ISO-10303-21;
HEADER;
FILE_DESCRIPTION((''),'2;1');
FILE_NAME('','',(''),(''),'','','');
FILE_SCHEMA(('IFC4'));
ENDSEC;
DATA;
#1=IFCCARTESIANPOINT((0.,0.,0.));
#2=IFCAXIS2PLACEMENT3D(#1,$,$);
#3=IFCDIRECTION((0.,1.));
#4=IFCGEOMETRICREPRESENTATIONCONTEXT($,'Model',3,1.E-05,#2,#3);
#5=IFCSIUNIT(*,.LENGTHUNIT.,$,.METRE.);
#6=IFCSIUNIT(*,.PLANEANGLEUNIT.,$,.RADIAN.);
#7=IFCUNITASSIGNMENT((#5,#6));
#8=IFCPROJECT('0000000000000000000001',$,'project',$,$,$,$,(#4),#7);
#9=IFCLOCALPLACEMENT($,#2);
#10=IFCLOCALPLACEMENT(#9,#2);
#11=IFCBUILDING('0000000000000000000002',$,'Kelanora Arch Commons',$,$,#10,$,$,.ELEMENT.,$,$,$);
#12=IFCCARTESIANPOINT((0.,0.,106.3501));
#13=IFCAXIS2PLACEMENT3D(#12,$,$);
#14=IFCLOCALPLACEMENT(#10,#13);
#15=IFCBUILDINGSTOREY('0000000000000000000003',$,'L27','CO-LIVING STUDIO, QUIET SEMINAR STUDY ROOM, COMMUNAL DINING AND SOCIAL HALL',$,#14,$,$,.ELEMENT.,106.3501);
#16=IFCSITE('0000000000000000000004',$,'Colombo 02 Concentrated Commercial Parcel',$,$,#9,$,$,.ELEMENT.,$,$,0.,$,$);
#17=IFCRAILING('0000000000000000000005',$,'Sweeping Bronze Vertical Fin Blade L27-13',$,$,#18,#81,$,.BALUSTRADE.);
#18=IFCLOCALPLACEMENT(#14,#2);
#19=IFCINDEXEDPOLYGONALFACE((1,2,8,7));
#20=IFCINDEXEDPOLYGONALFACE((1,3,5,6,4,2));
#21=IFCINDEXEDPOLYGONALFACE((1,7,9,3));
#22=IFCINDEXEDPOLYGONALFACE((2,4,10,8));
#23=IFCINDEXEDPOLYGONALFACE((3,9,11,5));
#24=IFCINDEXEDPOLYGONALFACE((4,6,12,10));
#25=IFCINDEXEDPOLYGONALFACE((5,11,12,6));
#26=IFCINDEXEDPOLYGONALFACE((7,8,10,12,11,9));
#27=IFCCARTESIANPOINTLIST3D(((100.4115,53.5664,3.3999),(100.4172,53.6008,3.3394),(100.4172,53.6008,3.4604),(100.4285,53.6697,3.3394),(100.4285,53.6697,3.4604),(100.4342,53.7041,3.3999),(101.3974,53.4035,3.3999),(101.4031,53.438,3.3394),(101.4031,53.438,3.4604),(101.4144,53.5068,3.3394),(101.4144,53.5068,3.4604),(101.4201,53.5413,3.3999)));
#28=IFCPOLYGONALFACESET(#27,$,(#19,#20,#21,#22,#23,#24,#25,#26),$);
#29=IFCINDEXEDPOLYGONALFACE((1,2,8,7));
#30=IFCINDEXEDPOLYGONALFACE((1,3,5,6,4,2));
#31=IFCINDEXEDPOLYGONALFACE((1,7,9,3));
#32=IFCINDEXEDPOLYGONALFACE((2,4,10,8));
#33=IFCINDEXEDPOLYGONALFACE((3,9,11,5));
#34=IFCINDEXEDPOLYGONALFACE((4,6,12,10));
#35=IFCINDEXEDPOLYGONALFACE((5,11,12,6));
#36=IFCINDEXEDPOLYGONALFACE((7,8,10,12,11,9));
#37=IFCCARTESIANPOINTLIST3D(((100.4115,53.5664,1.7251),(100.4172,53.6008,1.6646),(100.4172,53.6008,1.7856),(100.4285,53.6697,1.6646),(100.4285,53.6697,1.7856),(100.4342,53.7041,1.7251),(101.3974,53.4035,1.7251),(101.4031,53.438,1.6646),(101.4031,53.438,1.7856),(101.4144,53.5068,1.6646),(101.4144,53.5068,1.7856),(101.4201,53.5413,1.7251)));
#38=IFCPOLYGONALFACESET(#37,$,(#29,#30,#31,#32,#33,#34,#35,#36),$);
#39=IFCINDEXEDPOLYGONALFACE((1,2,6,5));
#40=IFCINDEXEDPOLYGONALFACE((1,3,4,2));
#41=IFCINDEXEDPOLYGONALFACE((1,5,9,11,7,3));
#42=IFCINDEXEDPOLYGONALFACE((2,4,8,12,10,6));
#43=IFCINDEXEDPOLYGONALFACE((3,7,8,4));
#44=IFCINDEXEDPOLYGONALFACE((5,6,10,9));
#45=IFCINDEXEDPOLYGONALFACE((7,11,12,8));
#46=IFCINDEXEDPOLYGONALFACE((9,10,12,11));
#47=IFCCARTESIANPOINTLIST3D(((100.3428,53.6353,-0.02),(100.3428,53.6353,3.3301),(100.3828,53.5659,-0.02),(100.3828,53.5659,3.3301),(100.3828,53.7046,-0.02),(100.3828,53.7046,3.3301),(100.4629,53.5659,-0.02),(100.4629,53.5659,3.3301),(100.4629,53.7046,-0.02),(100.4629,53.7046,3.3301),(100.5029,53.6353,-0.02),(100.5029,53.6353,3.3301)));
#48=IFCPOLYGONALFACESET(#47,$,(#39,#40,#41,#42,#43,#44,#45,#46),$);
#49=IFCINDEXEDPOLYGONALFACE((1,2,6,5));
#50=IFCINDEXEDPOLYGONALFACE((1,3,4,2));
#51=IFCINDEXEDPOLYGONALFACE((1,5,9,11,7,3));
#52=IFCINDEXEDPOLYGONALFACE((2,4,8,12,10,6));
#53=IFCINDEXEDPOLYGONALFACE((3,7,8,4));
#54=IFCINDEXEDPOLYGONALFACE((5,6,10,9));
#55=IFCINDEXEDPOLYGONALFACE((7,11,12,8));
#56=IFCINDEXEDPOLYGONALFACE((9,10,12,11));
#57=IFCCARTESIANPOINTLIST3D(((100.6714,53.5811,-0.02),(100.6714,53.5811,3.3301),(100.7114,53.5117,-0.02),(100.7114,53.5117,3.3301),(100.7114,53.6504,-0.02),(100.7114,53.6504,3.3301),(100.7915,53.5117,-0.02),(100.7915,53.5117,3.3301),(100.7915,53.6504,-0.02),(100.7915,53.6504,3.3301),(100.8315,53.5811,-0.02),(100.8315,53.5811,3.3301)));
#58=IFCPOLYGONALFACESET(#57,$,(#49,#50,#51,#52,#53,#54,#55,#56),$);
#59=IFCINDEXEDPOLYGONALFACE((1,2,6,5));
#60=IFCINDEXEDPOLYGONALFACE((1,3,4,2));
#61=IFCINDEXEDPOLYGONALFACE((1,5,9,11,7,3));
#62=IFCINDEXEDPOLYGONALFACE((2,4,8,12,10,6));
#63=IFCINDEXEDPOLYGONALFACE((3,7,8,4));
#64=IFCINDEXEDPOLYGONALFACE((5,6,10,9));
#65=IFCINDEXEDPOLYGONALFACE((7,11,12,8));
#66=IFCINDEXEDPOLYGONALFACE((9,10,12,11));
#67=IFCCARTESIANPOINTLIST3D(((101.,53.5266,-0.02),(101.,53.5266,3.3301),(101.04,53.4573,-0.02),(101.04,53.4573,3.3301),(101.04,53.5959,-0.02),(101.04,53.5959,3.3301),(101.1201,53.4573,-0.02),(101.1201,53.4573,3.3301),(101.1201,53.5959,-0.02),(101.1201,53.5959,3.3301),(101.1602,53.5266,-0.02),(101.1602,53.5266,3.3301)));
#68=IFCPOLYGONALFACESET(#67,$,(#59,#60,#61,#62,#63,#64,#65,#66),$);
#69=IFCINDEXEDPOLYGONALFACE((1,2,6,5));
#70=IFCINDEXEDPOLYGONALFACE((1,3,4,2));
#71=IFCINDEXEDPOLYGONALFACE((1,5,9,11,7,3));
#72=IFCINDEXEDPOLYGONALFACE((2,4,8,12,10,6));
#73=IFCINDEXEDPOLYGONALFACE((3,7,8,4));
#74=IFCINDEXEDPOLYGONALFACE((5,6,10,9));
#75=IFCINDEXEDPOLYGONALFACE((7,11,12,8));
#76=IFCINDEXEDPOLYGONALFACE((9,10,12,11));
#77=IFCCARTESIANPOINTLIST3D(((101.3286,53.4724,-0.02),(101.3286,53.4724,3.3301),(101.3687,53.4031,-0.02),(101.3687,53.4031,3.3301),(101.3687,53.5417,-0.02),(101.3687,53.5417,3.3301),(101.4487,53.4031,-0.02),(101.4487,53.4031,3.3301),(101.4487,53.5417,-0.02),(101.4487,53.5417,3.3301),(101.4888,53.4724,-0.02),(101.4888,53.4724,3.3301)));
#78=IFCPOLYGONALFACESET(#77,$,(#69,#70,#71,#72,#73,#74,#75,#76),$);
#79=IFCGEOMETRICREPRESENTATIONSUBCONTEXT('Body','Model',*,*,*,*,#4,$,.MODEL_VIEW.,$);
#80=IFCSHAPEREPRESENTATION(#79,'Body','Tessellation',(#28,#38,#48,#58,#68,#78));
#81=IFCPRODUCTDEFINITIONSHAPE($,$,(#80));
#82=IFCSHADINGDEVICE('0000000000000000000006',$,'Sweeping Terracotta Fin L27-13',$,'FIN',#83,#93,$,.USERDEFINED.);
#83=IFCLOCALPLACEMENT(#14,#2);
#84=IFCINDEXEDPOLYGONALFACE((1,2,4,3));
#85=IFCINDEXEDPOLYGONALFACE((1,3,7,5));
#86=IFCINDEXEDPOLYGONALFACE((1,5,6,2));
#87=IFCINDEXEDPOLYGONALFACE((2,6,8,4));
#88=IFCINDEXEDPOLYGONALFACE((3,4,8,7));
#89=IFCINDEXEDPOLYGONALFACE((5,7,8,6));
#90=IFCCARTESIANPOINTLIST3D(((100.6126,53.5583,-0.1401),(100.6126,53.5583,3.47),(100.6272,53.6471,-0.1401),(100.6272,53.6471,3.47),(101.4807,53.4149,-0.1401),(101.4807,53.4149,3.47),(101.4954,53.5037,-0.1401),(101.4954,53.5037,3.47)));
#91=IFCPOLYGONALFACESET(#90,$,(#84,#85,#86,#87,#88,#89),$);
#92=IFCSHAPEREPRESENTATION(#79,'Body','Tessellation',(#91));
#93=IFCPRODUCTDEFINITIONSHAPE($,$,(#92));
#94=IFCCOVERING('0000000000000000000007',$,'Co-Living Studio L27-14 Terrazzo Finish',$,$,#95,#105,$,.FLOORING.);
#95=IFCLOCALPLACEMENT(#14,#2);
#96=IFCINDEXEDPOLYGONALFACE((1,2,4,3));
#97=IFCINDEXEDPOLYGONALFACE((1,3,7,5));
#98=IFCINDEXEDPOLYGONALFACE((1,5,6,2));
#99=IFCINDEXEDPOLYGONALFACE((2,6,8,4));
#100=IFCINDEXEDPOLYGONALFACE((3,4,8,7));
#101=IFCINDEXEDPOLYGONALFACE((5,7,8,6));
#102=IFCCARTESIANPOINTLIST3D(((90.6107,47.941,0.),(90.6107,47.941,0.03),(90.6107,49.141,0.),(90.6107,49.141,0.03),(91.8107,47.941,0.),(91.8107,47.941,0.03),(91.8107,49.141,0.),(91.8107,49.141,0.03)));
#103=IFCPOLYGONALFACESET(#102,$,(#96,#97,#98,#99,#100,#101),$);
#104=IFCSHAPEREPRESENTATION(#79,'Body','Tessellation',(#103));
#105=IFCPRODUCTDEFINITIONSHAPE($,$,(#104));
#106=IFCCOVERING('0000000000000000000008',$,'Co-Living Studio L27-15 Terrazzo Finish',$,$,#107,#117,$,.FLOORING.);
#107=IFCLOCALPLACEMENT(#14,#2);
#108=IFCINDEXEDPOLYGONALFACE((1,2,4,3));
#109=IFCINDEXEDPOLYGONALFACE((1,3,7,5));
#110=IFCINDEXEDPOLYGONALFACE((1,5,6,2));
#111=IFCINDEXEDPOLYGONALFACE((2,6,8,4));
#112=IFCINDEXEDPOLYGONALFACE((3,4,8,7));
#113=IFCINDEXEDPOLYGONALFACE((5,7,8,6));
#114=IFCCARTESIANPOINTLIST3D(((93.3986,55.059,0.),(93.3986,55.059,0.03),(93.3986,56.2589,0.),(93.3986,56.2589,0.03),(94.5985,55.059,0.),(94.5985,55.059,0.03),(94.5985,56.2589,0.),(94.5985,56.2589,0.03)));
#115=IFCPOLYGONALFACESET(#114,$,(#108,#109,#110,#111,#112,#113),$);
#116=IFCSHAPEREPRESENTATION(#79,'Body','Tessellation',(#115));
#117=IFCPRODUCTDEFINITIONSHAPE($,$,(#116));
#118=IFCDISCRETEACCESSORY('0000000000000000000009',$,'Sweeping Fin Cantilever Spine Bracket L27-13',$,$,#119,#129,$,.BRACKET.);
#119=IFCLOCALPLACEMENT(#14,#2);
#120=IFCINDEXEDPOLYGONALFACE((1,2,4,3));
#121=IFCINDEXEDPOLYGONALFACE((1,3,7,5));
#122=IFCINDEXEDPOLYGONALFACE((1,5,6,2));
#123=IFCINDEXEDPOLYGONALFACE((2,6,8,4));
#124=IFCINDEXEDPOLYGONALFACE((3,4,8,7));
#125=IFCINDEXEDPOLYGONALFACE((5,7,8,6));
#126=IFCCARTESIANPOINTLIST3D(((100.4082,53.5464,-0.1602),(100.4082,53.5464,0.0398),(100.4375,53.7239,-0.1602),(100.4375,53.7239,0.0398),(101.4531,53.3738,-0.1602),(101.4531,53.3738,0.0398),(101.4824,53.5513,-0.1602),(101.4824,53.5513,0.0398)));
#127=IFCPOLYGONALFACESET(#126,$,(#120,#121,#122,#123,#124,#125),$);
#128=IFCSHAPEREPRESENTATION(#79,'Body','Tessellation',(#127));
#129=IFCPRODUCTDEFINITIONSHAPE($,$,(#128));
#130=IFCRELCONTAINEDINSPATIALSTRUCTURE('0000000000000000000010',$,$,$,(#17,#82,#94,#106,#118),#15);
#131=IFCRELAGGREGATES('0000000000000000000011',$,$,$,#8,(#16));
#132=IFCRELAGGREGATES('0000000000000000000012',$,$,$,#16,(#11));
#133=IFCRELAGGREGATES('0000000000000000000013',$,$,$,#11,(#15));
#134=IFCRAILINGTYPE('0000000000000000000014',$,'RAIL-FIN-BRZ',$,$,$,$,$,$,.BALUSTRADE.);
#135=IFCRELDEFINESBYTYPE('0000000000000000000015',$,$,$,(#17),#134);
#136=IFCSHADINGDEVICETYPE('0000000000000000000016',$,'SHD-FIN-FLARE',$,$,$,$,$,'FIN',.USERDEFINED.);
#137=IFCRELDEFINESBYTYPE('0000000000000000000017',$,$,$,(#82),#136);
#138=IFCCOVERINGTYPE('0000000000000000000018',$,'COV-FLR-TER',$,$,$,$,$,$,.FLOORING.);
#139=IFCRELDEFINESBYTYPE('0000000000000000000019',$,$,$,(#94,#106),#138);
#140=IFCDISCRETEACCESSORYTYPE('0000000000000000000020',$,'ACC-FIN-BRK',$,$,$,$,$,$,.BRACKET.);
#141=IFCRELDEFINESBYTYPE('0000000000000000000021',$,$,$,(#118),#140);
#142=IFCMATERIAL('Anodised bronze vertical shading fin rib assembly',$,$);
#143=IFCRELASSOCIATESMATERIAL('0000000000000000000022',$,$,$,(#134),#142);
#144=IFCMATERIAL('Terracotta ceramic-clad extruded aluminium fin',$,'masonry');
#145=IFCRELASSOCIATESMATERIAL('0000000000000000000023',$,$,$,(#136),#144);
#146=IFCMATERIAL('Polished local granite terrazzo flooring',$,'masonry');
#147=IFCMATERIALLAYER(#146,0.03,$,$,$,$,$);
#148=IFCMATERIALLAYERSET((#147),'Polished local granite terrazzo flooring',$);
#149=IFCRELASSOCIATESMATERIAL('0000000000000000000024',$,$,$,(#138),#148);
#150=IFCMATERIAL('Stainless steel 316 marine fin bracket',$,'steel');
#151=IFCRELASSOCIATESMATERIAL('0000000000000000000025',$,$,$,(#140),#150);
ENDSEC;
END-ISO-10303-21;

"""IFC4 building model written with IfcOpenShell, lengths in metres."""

from ifc_helpers import new_model, si_unit, direction, frame, origin, origin_2d, place, context, subcontext, project, spatial, polyline, rectangle, outline, extrude, source, transform, mapped, material, layer, layer_set, type_object, element, save


model = new_model("IFC4")

# Units and contexts
model_context = context("Model", 3, precision=1e-05, world=origin(), true_north=direction((0.0, 1.0)))
body_context = subcontext(model_context, "Body", "Model", "MODEL_VIEW")
ifc_project = project(units=[si_unit("LENGTHUNIT", "METRE"), si_unit("PLANEANGLEUNIT", "RADIAN")], contexts=[model_context])

# Site, building, storey
site_placement = place(None, origin())
site = spatial("IfcSite", under=ifc_project, at=site_placement, Name="Colombo 02 Concentrated Commercial Parcel", CompositionType="ELEMENT", RefElevation=0.0)
building_placement = place(site_placement, origin())
building = spatial("IfcBuilding", under=site, at=building_placement, Name="Kelanora Arch Commons", CompositionType="ELEMENT")
storey_placement = place(building_placement, frame((0.0, 0.0, 106.3501)))
storey = spatial("IfcBuildingStorey", under=building, at=storey_placement, Name="L27", Description="CO-LIVING STUDIO, QUIET SEMINAR STUDY ROOM, COMMUNAL DINING AND SOCIAL HALL", CompositionType="ELEMENT", Elevation=106.3501)

# Railing
ifc_material_1 = material(Name="Anodised bronze vertical shading fin rib assembly")
railing_type = type_object("IfcRailingType", Name="RAIL-FIN-BRZ", PredefinedType="BALUSTRADE", material=ifc_material_1)
railing_placement = place(storey_placement, frame((100.4229, 53.6353, -0.02)))
element("IfcRailing", 1, at=railing_placement, inside=storey, type_object=railing_type, Name="Sweeping Bronze Vertical Fin Blade L27-13", PredefinedType="BALUSTRADE", context=body_context, shape_type="SweptSolid", body=[
    extrude(outline(polyline([(0.0698, 0.0), (0.0349, 0.0605), (-0.0349, 0.0605), (-0.0698, 0.0), (-0.0349, -0.0605), (0.0349, -0.0605), (0.0698, 0.0)])), frame((0.0, 0.0, 3.4199), z_axis=(0.986631, -0.162972, 0.0), x_axis=(0.162972, 0.986631, 0.0)), (0.0, 0.0, 1.0), 0.9993),
    extrude(outline(polyline([(0.0698, 0.0), (0.0349, 0.0605), (-0.0349, 0.0605), (-0.0698, 0.0), (-0.0349, -0.0605), (0.0349, -0.0605), (0.0698, 0.0)])), frame((0.0, 0.0, 1.7451), z_axis=(0.986631, -0.162972, 0.0), x_axis=(0.162972, 0.986631, 0.0)), (0.0, 0.0, 1.0), 0.9993),
    extrude(outline(polyline([(0.0801, 0.0), (0.04, 0.0693), (-0.04, 0.0693), (-0.0801, 0.0), (-0.04, -0.0693), (0.04, -0.0693), (0.0801, 0.0)])), origin(), (0.0, 0.0, 1.0), 3.3501),
    extrude(outline(polyline([(0.0801, 0.0), (0.04, 0.0693), (-0.04, 0.0693), (-0.0801, 0.0), (-0.04, -0.0693), (0.04, -0.0693), (0.0801, 0.0)])), frame((0.3286, -0.0542, 0.0)), (0.0, 0.0, 1.0), 3.3501),
    extrude(outline(polyline([(0.0801, 0.0), (0.04, 0.0693), (-0.04, 0.0693), (-0.0801, 0.0), (-0.04, -0.0693), (0.04, -0.0693), (0.0801, 0.0)])), frame((0.6572, -0.1086, 0.0)), (0.0, 0.0, 1.0), 3.3501),
    extrude(outline(polyline([(0.0801, 0.0), (0.04, 0.0693), (-0.04, 0.0693), (-0.0801, 0.0), (-0.04, -0.0693), (0.04, -0.0693), (0.0801, 0.0)])), frame((0.9858, -0.1628, 0.0)), (0.0, 0.0, 1.0), 3.3501),
])

# Shading device
ifc_material_2 = material(Name="Terracotta ceramic-clad extruded aluminium fin", Category="masonry")
shading_device_type = type_object("IfcShadingDeviceType", Name="SHD-FIN-FLARE", ElementType="FIN", PredefinedType="USERDEFINED", material=ifc_material_2)
shared_shape_1 = source(origin(), body_context, "Body", "SweptSolid", [
    extrude(rectangle(XDim=0.8799, YDim=0.0901, at=origin_2d()), origin(), (0.0, 0.0, 1.0), 3.6101),
])
shading_device_placement = place(storey_placement, frame((101.054, 53.531, -0.1401), z_axis=(0.0, 0.0, 1.0), x_axis=(0.986629, -0.162982, 0.0)))
element("IfcShadingDevice", 2, at=shading_device_placement, inside=storey, type_object=shading_device_type, Name="Sweeping Terracotta Fin L27-13", ObjectType="FIN", PredefinedType="USERDEFINED", context=body_context, shape_type="MappedRepresentation", body=[
    mapped(shared_shape_1, transform((0.0, 0.0, 0.0), scale=1.0)),
])

# Coverings
ifc_material_3 = material(Name="Polished local granite terrazzo flooring", Category="masonry")
ifc_layer_1 = layer(ifc_material_3, 0.03)
ifc_layer_set_1 = layer_set([ifc_layer_1], Name="Polished local granite terrazzo flooring")
covering_type = type_object("IfcCoveringType", Name="COV-FLR-TER", PredefinedType="FLOORING", material=ifc_layer_set_1)
shared_shape_2 = source(origin(), body_context, "Body", "SweptSolid", [
    extrude(rectangle(XDim=1.2, YDim=1.2, at=origin_2d()), origin(), (0.0, 0.0, 1.0), 0.03),
])
for number, where, z_axis, x_axis, name in (
    (3, (91.2107, 48.541, 0.0), (0.0, 0.0, 1.0), (1.0, 0.0, 0.0), "Co-Living Studio L27-14 Terrazzo Finish"),
    (4, (93.9985, 55.6589, 0.0), (0.0, 0.0, 1.0), (1.0, 0.0, 0.0), "Co-Living Studio L27-15 Terrazzo Finish"),
):
    element("IfcCovering", number, at=place(storey_placement, frame(where, z_axis=z_axis, x_axis=x_axis)), inside=storey, type_object=covering_type, Name=name, PredefinedType="FLOORING", context=body_context, shape_type="MappedRepresentation", body=[
        mapped(shared_shape_2, transform((0.0, 0.0, 0.0), scale=1.0)),
    ])

# Discrete accessory
ifc_material_4 = material(Name="Stainless steel 316 marine fin bracket", Category="steel")
discrete_accessory_type = type_object("IfcDiscreteAccessoryType", Name="ACC-FIN-BRK", PredefinedType="BRACKET", material=ifc_material_4)
shared_shape_3 = source(origin(), body_context, "Body", "SweptSolid", [
    extrude(rectangle(XDim=1.0591, YDim=0.1799, at=origin_2d()), origin(), (0.0, 0.0, 1.0), 0.2),
])
discrete_accessory_placement = place(storey_placement, frame((100.9453, 53.5488, -0.1602), z_axis=(0.0, 0.0, 1.0), x_axis=(0.986629, -0.162982, 0.0)))
element("IfcDiscreteAccessory", 5, at=discrete_accessory_placement, inside=storey, type_object=discrete_accessory_type, Name="Sweeping Fin Cantilever Spine Bracket L27-13", PredefinedType="BRACKET", context=body_context, shape_type="MappedRepresentation", body=[
    mapped(shared_shape_3, transform((0.0, 0.0, 0.0), scale=1.0)),
])

save(model, "model.ifc")
